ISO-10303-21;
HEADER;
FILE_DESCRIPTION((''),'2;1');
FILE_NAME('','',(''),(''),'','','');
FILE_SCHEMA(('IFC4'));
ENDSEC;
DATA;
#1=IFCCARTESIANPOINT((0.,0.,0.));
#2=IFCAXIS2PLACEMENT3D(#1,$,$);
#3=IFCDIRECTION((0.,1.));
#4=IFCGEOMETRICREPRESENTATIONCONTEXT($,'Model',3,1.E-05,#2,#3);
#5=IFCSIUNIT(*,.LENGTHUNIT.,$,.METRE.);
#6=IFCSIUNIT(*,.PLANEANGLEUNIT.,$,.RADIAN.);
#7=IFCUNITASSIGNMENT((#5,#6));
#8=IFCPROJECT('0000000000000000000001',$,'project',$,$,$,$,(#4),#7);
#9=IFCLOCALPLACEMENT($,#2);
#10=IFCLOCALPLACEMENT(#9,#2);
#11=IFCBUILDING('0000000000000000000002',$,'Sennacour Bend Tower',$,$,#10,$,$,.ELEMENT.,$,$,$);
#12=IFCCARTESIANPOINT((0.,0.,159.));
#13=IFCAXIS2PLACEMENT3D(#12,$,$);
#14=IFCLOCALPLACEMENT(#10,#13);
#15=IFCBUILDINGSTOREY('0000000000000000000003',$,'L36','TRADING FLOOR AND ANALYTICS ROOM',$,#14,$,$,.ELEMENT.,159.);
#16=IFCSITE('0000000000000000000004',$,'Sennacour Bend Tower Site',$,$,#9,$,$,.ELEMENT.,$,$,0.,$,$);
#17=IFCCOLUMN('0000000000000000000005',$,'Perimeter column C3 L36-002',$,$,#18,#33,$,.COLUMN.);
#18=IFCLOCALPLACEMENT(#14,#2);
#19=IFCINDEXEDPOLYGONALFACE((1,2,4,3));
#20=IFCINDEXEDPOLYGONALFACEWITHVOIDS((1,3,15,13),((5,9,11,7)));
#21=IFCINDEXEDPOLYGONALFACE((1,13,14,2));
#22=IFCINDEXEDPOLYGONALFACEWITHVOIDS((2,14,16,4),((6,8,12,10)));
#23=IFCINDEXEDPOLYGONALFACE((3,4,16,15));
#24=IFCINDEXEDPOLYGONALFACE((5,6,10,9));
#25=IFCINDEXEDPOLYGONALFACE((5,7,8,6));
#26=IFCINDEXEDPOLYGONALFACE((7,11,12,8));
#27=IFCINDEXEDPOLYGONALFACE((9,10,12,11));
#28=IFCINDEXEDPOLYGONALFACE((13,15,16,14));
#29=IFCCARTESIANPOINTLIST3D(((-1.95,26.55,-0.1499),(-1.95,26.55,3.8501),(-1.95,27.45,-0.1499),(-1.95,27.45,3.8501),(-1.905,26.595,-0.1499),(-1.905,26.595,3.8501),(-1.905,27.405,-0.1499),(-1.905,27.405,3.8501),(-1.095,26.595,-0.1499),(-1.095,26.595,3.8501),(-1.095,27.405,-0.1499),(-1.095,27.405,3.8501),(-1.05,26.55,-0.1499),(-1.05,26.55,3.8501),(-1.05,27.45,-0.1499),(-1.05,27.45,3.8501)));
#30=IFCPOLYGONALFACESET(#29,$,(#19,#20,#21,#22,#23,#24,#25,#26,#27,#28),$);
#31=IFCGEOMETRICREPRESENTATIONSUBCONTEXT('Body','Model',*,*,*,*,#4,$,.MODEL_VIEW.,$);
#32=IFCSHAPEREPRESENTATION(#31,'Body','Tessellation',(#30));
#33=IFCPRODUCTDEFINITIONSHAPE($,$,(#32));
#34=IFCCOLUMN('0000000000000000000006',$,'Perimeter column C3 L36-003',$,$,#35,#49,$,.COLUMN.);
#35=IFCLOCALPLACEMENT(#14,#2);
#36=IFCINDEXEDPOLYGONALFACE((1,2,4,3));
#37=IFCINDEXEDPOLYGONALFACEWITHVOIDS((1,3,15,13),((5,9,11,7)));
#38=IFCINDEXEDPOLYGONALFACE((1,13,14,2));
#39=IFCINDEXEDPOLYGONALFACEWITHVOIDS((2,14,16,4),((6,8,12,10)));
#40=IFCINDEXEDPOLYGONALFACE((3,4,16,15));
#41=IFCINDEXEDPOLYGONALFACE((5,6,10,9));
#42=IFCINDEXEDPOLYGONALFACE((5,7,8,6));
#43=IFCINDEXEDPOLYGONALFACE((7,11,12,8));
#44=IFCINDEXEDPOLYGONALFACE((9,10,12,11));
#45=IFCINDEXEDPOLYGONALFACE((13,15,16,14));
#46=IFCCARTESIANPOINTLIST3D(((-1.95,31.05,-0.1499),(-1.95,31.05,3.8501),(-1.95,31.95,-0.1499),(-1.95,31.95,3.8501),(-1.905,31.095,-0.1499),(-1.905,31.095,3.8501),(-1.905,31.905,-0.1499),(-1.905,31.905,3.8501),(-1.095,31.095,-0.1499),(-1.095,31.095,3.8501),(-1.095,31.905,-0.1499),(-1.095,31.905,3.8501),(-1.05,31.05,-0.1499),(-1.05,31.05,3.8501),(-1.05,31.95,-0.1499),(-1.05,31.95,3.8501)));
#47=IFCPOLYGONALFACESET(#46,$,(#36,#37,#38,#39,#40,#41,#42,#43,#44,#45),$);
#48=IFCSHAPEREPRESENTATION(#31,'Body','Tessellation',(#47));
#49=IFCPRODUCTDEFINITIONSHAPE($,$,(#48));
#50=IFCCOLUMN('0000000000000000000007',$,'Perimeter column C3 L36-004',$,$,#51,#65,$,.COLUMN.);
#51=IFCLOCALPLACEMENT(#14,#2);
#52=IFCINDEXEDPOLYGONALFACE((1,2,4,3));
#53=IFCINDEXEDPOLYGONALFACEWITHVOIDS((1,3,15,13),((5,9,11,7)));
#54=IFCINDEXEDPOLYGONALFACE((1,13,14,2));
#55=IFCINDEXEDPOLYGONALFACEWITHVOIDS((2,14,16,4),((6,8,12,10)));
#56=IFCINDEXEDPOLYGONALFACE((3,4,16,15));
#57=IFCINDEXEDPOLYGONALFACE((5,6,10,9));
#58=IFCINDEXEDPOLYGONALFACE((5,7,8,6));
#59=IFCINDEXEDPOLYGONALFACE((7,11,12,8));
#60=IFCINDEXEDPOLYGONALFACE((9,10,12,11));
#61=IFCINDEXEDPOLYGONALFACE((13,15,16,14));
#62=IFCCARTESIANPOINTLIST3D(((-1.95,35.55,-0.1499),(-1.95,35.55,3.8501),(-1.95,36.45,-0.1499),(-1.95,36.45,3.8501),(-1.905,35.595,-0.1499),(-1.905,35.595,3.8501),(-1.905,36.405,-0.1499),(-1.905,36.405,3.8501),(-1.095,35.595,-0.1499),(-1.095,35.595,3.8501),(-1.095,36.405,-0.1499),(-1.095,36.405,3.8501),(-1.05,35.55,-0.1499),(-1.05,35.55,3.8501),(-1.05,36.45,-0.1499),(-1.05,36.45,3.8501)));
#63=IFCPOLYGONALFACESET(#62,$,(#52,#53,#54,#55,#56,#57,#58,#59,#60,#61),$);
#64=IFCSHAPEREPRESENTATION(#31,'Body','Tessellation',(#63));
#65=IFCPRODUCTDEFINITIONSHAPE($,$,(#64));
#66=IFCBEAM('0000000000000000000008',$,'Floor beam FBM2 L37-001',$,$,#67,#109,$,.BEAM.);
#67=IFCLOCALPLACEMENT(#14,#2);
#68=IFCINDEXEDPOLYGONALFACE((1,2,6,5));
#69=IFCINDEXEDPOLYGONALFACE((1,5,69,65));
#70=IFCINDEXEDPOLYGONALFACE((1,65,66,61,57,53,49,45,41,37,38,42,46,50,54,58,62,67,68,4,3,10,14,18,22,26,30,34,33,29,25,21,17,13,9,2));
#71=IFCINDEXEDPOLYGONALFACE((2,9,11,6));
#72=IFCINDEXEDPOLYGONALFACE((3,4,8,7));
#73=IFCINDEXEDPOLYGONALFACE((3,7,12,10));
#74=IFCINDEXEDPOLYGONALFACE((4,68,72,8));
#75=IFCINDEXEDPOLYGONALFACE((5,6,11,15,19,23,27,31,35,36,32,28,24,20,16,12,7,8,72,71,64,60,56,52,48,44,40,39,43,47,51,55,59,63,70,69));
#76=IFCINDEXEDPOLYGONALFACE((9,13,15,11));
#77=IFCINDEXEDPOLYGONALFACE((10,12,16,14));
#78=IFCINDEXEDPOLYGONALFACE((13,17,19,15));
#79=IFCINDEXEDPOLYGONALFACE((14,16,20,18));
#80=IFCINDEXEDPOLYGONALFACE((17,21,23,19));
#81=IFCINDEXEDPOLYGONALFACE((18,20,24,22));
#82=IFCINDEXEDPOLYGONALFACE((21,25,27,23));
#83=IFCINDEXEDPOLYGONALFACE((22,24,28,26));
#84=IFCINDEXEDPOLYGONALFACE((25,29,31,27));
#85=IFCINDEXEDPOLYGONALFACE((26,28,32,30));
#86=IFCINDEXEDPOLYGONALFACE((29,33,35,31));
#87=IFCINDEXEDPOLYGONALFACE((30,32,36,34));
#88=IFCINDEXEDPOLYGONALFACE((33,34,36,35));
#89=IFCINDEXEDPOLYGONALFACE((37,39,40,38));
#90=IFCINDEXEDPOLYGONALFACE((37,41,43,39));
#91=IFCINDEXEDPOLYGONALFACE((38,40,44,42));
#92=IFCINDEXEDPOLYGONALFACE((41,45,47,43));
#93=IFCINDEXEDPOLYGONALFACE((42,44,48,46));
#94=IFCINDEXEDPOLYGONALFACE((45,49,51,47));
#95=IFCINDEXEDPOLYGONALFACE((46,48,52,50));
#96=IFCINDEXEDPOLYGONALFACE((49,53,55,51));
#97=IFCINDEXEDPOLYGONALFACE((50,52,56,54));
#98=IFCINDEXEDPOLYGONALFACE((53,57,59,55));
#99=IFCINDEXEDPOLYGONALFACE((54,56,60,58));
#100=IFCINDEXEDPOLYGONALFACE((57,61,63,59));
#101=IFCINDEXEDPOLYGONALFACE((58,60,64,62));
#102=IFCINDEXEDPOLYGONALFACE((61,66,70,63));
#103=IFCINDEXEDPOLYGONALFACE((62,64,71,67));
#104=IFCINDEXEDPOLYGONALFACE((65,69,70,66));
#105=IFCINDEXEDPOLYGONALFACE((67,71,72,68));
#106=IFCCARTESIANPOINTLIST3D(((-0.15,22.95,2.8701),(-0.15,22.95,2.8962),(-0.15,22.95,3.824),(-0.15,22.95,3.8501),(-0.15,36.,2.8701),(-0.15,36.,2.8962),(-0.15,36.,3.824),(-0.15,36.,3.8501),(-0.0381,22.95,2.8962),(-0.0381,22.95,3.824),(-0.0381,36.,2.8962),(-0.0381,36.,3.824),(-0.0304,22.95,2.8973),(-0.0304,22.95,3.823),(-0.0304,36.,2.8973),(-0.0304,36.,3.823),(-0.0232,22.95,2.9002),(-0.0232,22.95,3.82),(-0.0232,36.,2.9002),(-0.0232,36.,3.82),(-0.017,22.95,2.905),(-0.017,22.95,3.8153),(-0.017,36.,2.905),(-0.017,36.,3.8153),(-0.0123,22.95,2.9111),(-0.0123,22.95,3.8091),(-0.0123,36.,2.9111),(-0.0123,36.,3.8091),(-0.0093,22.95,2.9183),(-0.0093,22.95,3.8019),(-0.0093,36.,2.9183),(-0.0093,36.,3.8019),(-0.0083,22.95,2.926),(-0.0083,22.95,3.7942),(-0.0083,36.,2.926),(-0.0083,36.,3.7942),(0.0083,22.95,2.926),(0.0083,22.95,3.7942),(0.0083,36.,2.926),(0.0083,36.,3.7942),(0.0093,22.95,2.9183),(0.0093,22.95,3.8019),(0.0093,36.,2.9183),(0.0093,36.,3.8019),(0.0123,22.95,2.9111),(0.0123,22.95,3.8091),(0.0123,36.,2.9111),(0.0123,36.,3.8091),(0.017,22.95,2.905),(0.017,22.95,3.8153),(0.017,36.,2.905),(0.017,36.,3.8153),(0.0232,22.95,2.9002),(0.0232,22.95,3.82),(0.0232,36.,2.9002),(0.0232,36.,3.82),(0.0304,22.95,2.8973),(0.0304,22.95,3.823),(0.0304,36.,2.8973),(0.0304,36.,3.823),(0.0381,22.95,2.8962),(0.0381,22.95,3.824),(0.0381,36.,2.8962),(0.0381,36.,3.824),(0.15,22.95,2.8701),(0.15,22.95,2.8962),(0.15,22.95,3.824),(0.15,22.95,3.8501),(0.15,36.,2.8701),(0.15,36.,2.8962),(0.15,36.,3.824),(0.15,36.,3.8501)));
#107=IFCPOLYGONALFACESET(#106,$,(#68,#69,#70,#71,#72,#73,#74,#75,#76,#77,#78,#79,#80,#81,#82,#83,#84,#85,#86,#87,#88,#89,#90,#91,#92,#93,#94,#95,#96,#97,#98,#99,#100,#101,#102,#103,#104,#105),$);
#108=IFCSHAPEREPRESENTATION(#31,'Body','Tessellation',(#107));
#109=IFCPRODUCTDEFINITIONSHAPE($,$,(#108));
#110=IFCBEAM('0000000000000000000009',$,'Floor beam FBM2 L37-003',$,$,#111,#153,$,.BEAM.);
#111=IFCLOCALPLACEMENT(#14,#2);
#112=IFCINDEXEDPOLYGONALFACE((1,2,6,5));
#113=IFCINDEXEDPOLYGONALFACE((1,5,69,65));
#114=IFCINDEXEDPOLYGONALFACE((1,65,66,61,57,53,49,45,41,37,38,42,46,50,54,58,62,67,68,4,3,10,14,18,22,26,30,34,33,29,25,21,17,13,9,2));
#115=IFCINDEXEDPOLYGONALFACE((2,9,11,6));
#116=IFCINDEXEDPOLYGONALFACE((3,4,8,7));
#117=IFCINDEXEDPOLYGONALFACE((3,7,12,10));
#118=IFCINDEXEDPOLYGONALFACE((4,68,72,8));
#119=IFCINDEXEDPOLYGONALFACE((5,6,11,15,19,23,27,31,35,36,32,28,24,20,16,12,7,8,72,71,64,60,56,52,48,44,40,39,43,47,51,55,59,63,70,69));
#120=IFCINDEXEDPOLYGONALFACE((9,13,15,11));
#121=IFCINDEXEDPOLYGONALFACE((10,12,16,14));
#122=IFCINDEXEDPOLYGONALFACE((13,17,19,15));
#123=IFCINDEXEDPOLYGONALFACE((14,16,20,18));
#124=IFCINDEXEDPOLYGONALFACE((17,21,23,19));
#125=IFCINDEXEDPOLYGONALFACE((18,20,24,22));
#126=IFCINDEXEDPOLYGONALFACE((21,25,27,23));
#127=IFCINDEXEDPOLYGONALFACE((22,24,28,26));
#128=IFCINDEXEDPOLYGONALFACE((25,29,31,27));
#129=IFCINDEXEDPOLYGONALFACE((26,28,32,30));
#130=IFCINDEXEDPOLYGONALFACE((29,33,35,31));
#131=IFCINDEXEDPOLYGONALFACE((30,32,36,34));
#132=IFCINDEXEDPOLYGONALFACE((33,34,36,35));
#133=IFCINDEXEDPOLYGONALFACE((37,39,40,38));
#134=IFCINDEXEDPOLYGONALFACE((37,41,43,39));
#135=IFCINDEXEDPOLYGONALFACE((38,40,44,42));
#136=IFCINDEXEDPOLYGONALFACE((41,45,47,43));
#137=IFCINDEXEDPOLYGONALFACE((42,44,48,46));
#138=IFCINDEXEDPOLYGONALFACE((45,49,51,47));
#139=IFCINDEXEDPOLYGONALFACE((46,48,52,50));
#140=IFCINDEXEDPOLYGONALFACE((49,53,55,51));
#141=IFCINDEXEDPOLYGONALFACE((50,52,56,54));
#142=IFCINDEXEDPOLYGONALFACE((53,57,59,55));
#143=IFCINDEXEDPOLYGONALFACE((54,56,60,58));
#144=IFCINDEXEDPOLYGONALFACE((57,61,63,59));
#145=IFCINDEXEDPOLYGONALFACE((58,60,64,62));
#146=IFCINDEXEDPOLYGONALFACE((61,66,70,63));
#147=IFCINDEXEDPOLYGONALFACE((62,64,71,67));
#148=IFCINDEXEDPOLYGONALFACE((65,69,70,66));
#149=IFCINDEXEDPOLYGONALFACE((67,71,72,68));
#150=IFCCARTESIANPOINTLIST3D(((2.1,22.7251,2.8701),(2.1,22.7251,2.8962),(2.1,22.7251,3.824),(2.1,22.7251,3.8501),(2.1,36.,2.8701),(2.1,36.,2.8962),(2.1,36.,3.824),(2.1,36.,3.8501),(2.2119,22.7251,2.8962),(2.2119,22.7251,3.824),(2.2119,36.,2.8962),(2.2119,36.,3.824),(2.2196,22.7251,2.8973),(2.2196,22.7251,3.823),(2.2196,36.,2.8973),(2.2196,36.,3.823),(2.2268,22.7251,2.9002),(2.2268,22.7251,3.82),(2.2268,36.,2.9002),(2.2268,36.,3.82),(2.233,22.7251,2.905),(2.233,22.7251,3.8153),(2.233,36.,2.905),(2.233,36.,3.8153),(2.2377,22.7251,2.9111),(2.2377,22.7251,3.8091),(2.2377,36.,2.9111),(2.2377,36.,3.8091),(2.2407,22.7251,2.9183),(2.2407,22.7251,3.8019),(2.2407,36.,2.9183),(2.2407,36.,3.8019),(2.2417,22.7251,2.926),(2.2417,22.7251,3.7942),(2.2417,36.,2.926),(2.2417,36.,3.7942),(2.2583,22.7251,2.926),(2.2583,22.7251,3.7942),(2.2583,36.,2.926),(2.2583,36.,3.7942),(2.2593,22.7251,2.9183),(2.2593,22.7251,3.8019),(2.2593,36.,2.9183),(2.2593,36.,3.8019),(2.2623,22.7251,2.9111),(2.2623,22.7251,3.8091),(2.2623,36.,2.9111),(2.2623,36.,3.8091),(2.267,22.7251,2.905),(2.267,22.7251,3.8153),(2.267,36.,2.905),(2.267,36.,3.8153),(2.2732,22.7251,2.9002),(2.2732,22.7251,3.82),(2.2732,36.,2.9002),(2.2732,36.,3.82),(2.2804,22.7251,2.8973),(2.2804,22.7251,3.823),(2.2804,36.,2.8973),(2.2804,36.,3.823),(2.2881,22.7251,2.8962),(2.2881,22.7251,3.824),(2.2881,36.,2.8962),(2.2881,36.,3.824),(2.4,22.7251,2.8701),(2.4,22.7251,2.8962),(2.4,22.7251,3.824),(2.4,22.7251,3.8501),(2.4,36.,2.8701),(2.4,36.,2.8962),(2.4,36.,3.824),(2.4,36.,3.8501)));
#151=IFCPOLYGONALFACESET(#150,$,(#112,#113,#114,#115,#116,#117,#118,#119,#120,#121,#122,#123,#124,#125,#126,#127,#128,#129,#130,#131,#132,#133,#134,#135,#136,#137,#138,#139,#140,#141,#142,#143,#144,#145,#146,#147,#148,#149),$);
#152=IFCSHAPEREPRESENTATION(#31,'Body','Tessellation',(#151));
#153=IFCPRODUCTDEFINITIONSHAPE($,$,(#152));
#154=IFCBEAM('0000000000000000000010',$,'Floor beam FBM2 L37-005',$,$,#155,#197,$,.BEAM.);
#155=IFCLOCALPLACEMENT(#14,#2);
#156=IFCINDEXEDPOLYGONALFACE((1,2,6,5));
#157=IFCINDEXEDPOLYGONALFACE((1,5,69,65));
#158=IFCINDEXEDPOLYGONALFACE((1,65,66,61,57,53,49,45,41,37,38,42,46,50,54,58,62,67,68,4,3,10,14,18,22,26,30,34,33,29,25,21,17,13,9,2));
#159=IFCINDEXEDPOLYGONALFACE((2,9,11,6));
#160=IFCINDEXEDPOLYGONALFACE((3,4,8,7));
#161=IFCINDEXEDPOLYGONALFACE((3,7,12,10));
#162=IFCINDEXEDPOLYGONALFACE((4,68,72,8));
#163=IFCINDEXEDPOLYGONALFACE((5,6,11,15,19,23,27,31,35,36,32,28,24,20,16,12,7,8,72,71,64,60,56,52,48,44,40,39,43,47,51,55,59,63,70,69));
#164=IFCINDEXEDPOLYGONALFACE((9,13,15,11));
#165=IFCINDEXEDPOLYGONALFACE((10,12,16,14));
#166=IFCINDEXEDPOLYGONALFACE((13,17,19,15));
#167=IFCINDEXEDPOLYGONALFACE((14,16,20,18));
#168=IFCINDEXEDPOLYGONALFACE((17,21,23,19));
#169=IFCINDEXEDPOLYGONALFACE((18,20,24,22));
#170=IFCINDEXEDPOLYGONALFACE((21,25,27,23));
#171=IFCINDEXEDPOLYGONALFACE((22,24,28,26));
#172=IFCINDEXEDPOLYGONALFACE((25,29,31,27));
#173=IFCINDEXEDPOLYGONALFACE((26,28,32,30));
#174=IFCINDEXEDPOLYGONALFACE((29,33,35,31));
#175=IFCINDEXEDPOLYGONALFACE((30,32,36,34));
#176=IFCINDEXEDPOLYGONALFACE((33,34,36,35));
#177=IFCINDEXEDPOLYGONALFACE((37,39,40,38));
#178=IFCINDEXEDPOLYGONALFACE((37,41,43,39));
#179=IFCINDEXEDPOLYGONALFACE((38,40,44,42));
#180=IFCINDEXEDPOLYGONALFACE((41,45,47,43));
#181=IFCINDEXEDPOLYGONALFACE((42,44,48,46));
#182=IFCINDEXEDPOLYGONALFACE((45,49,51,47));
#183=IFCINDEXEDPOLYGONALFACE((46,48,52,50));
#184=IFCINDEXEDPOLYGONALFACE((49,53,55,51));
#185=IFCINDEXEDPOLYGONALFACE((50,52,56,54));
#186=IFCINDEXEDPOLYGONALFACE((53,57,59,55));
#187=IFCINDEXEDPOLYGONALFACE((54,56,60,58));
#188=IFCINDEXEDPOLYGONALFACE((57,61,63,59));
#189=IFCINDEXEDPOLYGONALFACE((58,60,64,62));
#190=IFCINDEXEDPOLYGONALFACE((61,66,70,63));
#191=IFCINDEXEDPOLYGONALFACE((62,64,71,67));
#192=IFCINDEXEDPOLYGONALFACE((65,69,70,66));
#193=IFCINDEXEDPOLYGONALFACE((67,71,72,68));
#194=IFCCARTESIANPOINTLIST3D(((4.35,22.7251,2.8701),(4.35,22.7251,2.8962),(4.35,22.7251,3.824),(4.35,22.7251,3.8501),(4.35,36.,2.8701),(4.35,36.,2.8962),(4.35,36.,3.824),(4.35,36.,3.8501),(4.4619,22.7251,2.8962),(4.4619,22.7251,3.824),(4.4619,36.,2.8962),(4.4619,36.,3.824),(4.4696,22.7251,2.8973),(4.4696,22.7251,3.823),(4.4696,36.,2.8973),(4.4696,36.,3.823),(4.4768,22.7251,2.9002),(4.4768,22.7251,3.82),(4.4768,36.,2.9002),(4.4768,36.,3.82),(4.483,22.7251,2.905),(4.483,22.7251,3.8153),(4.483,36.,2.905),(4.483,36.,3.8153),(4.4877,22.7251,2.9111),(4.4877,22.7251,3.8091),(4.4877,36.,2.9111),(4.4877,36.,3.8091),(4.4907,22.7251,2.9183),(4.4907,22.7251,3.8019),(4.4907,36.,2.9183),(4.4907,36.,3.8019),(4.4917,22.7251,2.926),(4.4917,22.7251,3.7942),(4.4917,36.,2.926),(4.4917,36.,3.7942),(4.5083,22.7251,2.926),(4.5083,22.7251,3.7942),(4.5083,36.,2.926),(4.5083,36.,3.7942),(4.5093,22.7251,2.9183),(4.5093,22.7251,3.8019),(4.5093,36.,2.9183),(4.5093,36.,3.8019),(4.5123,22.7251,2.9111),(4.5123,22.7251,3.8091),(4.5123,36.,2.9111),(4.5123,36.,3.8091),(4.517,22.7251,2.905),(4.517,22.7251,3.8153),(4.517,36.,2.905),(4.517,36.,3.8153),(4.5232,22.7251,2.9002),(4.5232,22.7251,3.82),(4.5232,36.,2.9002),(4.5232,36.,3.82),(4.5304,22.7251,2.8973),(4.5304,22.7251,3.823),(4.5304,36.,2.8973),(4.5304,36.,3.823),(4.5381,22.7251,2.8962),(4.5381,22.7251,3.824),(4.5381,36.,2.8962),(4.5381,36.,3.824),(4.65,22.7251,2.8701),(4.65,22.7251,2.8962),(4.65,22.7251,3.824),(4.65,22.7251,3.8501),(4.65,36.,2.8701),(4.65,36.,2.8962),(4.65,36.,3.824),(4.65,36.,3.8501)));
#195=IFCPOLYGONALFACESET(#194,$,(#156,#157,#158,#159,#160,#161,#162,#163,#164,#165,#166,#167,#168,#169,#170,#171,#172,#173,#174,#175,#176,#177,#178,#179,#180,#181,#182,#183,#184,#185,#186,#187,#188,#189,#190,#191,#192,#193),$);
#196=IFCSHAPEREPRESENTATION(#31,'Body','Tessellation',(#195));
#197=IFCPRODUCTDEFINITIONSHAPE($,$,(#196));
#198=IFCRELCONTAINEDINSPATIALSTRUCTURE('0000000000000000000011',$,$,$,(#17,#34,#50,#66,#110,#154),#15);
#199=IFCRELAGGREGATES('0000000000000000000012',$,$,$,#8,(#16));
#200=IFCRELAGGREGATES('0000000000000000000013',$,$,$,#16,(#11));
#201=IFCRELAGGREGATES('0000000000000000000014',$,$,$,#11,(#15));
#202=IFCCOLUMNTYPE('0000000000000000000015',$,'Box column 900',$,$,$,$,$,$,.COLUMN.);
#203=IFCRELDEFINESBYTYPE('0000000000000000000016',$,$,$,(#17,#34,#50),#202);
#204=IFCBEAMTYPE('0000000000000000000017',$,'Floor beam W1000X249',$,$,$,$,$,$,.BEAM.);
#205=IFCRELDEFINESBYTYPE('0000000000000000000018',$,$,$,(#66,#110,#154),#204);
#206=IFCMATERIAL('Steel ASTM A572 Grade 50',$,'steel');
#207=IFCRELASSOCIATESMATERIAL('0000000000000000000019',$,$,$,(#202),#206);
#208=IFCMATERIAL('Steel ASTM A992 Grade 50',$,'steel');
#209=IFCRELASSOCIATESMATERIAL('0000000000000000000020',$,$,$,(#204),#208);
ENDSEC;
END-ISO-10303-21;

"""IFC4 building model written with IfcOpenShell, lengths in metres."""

from ifc_helpers import new_model, si_unit, direction, frame, origin, origin_2d, place, context, subcontext, project, spatial, hollow_rectangle, i_section, extrude, material, material_profile, profile_set, type_object, element, save


model = new_model("IFC4")

# Units and contexts
model_context = context("Model", 3, precision=1e-05, world=origin(), true_north=direction((0.0, 1.0)))
body_context = subcontext(model_context, "Body", "Model", "MODEL_VIEW")
ifc_project = project(units=[si_unit("LENGTHUNIT", "METRE"), si_unit("PLANEANGLEUNIT", "RADIAN")], contexts=[model_context])

# Site, building, storey
site_placement = place(None, origin())
site = spatial("IfcSite", under=ifc_project, at=site_placement, Name="Sennacour Bend Tower Site", CompositionType="ELEMENT", RefElevation=0.0)
building_placement = place(site_placement, origin())
building = spatial("IfcBuilding", under=site, at=building_placement, Name="Sennacour Bend Tower", CompositionType="ELEMENT")
storey_placement = place(building_placement, frame((0.0, 0.0, 159.0)))
storey = spatial("IfcBuildingStorey", under=building, at=storey_placement, Name="L36", Description="TRADING FLOOR AND ANALYTICS ROOM", CompositionType="ELEMENT", Elevation=159.0)

# Columns
ifc_material_1 = material(Name="Steel ASTM A572 Grade 50", Category="steel")
ifc_material_profile_1 = material_profile(ifc_material_1, hollow_rectangle(XDim=0.8999, YDim=0.8999, WallThickness=0.0449, at=origin_2d()), Name="Steel ASTM A572 Grade 50", Category="steel")
ifc_profile_set_1 = profile_set([ifc_material_profile_1], Name="Steel ASTM A572 Grade 50")
column_type = type_object("IfcColumnType", Name="Box column 900", PredefinedType="COLUMN", material=ifc_profile_set_1)
for number, where, z_axis, x_axis, name in (
    (1, (-1.5, 27.0, -0.1499), (0.0, 0.0, 1.0), (1.0, 0.0, 0.0), "Perimeter column C3 L36-002"),
    (2, (-1.5, 31.5, -0.1499), (0.0, 0.0, 1.0), (1.0, 0.0, 0.0), "Perimeter column C3 L36-003"),
    (3, (-1.5, 36.0, -0.1499), (0.0, 0.0, 1.0), (1.0, 0.0, 0.0), "Perimeter column C3 L36-004"),
):
    element("IfcColumn", number, at=place(storey_placement, frame(where, z_axis=z_axis, x_axis=x_axis)), inside=storey, type_object=column_type, Name=name, PredefinedType="COLUMN", context=body_context, shape_type="SweptSolid", body=[
        extrude(hollow_rectangle(XDim=0.8999, YDim=0.8999, WallThickness=0.0449, at=origin_2d()), origin(), (0.0, 0.0, 1.0), 4.0),
    ])

# Beams
ifc_material_2 = material(Name="Steel ASTM A992 Grade 50", Category="steel")
ifc_material_profile_2 = material_profile(ifc_material_2, i_section(OverallWidth=0.3, OverallDepth=0.98, WebThickness=0.0166, FlangeThickness=0.0261, FilletRadius=0.0298, at=origin_2d()), Name="Steel ASTM A992 Grade 50", Category="steel")
ifc_profile_set_2 = profile_set([ifc_material_profile_2], Name="Steel ASTM A992 Grade 50")
beam_type_1 = type_object("IfcBeamType", Name="Floor beam W1000X249", PredefinedType="BEAM", material=ifc_profile_set_2)
beam_1_placement = place(storey_placement, frame((0.0, 22.95, 3.3601), z_axis=(0.0, 1.0, 0.0), x_axis=(-1.0, 0.0, 0.0)))
element("IfcBeam", 4, at=beam_1_placement, inside=storey, type_object=beam_type_1, Name="Floor beam FBM2 L37-001", PredefinedType="BEAM", context=body_context, shape_type="SweptSolid", body=[
    extrude(i_section(OverallWidth=0.3, OverallDepth=0.98, WebThickness=0.0166, FlangeThickness=0.0261, FilletRadius=0.0298, at=origin_2d()), origin(), (0.0, 0.0, 1.0), 13.05),
])
for number, where, z_axis, x_axis, name in (
    (5, (2.25, 22.7251, 3.3601), (0.0, 1.0, 0.0), (-1.0, 0.0, 0.0), "Floor beam FBM2 L37-003"),
    (6, (4.5, 22.7251, 3.3601), (0.0, 1.0, 0.0), (-1.0, 0.0, 0.0), "Floor beam FBM2 L37-005"),
):
    element("IfcBeam", number, at=place(storey_placement, frame(where, z_axis=z_axis, x_axis=x_axis)), inside=storey, type_object=beam_type_1, Name=name, PredefinedType="BEAM", context=body_context, shape_type="SweptSolid", body=[
        extrude(i_section(OverallWidth=0.3, OverallDepth=0.98, WebThickness=0.0166, FlangeThickness=0.0261, FilletRadius=0.0298, at=origin_2d()), origin(), (0.0, 0.0, 1.0), 13.2749),
    ])

save(model, "model.ifc")
